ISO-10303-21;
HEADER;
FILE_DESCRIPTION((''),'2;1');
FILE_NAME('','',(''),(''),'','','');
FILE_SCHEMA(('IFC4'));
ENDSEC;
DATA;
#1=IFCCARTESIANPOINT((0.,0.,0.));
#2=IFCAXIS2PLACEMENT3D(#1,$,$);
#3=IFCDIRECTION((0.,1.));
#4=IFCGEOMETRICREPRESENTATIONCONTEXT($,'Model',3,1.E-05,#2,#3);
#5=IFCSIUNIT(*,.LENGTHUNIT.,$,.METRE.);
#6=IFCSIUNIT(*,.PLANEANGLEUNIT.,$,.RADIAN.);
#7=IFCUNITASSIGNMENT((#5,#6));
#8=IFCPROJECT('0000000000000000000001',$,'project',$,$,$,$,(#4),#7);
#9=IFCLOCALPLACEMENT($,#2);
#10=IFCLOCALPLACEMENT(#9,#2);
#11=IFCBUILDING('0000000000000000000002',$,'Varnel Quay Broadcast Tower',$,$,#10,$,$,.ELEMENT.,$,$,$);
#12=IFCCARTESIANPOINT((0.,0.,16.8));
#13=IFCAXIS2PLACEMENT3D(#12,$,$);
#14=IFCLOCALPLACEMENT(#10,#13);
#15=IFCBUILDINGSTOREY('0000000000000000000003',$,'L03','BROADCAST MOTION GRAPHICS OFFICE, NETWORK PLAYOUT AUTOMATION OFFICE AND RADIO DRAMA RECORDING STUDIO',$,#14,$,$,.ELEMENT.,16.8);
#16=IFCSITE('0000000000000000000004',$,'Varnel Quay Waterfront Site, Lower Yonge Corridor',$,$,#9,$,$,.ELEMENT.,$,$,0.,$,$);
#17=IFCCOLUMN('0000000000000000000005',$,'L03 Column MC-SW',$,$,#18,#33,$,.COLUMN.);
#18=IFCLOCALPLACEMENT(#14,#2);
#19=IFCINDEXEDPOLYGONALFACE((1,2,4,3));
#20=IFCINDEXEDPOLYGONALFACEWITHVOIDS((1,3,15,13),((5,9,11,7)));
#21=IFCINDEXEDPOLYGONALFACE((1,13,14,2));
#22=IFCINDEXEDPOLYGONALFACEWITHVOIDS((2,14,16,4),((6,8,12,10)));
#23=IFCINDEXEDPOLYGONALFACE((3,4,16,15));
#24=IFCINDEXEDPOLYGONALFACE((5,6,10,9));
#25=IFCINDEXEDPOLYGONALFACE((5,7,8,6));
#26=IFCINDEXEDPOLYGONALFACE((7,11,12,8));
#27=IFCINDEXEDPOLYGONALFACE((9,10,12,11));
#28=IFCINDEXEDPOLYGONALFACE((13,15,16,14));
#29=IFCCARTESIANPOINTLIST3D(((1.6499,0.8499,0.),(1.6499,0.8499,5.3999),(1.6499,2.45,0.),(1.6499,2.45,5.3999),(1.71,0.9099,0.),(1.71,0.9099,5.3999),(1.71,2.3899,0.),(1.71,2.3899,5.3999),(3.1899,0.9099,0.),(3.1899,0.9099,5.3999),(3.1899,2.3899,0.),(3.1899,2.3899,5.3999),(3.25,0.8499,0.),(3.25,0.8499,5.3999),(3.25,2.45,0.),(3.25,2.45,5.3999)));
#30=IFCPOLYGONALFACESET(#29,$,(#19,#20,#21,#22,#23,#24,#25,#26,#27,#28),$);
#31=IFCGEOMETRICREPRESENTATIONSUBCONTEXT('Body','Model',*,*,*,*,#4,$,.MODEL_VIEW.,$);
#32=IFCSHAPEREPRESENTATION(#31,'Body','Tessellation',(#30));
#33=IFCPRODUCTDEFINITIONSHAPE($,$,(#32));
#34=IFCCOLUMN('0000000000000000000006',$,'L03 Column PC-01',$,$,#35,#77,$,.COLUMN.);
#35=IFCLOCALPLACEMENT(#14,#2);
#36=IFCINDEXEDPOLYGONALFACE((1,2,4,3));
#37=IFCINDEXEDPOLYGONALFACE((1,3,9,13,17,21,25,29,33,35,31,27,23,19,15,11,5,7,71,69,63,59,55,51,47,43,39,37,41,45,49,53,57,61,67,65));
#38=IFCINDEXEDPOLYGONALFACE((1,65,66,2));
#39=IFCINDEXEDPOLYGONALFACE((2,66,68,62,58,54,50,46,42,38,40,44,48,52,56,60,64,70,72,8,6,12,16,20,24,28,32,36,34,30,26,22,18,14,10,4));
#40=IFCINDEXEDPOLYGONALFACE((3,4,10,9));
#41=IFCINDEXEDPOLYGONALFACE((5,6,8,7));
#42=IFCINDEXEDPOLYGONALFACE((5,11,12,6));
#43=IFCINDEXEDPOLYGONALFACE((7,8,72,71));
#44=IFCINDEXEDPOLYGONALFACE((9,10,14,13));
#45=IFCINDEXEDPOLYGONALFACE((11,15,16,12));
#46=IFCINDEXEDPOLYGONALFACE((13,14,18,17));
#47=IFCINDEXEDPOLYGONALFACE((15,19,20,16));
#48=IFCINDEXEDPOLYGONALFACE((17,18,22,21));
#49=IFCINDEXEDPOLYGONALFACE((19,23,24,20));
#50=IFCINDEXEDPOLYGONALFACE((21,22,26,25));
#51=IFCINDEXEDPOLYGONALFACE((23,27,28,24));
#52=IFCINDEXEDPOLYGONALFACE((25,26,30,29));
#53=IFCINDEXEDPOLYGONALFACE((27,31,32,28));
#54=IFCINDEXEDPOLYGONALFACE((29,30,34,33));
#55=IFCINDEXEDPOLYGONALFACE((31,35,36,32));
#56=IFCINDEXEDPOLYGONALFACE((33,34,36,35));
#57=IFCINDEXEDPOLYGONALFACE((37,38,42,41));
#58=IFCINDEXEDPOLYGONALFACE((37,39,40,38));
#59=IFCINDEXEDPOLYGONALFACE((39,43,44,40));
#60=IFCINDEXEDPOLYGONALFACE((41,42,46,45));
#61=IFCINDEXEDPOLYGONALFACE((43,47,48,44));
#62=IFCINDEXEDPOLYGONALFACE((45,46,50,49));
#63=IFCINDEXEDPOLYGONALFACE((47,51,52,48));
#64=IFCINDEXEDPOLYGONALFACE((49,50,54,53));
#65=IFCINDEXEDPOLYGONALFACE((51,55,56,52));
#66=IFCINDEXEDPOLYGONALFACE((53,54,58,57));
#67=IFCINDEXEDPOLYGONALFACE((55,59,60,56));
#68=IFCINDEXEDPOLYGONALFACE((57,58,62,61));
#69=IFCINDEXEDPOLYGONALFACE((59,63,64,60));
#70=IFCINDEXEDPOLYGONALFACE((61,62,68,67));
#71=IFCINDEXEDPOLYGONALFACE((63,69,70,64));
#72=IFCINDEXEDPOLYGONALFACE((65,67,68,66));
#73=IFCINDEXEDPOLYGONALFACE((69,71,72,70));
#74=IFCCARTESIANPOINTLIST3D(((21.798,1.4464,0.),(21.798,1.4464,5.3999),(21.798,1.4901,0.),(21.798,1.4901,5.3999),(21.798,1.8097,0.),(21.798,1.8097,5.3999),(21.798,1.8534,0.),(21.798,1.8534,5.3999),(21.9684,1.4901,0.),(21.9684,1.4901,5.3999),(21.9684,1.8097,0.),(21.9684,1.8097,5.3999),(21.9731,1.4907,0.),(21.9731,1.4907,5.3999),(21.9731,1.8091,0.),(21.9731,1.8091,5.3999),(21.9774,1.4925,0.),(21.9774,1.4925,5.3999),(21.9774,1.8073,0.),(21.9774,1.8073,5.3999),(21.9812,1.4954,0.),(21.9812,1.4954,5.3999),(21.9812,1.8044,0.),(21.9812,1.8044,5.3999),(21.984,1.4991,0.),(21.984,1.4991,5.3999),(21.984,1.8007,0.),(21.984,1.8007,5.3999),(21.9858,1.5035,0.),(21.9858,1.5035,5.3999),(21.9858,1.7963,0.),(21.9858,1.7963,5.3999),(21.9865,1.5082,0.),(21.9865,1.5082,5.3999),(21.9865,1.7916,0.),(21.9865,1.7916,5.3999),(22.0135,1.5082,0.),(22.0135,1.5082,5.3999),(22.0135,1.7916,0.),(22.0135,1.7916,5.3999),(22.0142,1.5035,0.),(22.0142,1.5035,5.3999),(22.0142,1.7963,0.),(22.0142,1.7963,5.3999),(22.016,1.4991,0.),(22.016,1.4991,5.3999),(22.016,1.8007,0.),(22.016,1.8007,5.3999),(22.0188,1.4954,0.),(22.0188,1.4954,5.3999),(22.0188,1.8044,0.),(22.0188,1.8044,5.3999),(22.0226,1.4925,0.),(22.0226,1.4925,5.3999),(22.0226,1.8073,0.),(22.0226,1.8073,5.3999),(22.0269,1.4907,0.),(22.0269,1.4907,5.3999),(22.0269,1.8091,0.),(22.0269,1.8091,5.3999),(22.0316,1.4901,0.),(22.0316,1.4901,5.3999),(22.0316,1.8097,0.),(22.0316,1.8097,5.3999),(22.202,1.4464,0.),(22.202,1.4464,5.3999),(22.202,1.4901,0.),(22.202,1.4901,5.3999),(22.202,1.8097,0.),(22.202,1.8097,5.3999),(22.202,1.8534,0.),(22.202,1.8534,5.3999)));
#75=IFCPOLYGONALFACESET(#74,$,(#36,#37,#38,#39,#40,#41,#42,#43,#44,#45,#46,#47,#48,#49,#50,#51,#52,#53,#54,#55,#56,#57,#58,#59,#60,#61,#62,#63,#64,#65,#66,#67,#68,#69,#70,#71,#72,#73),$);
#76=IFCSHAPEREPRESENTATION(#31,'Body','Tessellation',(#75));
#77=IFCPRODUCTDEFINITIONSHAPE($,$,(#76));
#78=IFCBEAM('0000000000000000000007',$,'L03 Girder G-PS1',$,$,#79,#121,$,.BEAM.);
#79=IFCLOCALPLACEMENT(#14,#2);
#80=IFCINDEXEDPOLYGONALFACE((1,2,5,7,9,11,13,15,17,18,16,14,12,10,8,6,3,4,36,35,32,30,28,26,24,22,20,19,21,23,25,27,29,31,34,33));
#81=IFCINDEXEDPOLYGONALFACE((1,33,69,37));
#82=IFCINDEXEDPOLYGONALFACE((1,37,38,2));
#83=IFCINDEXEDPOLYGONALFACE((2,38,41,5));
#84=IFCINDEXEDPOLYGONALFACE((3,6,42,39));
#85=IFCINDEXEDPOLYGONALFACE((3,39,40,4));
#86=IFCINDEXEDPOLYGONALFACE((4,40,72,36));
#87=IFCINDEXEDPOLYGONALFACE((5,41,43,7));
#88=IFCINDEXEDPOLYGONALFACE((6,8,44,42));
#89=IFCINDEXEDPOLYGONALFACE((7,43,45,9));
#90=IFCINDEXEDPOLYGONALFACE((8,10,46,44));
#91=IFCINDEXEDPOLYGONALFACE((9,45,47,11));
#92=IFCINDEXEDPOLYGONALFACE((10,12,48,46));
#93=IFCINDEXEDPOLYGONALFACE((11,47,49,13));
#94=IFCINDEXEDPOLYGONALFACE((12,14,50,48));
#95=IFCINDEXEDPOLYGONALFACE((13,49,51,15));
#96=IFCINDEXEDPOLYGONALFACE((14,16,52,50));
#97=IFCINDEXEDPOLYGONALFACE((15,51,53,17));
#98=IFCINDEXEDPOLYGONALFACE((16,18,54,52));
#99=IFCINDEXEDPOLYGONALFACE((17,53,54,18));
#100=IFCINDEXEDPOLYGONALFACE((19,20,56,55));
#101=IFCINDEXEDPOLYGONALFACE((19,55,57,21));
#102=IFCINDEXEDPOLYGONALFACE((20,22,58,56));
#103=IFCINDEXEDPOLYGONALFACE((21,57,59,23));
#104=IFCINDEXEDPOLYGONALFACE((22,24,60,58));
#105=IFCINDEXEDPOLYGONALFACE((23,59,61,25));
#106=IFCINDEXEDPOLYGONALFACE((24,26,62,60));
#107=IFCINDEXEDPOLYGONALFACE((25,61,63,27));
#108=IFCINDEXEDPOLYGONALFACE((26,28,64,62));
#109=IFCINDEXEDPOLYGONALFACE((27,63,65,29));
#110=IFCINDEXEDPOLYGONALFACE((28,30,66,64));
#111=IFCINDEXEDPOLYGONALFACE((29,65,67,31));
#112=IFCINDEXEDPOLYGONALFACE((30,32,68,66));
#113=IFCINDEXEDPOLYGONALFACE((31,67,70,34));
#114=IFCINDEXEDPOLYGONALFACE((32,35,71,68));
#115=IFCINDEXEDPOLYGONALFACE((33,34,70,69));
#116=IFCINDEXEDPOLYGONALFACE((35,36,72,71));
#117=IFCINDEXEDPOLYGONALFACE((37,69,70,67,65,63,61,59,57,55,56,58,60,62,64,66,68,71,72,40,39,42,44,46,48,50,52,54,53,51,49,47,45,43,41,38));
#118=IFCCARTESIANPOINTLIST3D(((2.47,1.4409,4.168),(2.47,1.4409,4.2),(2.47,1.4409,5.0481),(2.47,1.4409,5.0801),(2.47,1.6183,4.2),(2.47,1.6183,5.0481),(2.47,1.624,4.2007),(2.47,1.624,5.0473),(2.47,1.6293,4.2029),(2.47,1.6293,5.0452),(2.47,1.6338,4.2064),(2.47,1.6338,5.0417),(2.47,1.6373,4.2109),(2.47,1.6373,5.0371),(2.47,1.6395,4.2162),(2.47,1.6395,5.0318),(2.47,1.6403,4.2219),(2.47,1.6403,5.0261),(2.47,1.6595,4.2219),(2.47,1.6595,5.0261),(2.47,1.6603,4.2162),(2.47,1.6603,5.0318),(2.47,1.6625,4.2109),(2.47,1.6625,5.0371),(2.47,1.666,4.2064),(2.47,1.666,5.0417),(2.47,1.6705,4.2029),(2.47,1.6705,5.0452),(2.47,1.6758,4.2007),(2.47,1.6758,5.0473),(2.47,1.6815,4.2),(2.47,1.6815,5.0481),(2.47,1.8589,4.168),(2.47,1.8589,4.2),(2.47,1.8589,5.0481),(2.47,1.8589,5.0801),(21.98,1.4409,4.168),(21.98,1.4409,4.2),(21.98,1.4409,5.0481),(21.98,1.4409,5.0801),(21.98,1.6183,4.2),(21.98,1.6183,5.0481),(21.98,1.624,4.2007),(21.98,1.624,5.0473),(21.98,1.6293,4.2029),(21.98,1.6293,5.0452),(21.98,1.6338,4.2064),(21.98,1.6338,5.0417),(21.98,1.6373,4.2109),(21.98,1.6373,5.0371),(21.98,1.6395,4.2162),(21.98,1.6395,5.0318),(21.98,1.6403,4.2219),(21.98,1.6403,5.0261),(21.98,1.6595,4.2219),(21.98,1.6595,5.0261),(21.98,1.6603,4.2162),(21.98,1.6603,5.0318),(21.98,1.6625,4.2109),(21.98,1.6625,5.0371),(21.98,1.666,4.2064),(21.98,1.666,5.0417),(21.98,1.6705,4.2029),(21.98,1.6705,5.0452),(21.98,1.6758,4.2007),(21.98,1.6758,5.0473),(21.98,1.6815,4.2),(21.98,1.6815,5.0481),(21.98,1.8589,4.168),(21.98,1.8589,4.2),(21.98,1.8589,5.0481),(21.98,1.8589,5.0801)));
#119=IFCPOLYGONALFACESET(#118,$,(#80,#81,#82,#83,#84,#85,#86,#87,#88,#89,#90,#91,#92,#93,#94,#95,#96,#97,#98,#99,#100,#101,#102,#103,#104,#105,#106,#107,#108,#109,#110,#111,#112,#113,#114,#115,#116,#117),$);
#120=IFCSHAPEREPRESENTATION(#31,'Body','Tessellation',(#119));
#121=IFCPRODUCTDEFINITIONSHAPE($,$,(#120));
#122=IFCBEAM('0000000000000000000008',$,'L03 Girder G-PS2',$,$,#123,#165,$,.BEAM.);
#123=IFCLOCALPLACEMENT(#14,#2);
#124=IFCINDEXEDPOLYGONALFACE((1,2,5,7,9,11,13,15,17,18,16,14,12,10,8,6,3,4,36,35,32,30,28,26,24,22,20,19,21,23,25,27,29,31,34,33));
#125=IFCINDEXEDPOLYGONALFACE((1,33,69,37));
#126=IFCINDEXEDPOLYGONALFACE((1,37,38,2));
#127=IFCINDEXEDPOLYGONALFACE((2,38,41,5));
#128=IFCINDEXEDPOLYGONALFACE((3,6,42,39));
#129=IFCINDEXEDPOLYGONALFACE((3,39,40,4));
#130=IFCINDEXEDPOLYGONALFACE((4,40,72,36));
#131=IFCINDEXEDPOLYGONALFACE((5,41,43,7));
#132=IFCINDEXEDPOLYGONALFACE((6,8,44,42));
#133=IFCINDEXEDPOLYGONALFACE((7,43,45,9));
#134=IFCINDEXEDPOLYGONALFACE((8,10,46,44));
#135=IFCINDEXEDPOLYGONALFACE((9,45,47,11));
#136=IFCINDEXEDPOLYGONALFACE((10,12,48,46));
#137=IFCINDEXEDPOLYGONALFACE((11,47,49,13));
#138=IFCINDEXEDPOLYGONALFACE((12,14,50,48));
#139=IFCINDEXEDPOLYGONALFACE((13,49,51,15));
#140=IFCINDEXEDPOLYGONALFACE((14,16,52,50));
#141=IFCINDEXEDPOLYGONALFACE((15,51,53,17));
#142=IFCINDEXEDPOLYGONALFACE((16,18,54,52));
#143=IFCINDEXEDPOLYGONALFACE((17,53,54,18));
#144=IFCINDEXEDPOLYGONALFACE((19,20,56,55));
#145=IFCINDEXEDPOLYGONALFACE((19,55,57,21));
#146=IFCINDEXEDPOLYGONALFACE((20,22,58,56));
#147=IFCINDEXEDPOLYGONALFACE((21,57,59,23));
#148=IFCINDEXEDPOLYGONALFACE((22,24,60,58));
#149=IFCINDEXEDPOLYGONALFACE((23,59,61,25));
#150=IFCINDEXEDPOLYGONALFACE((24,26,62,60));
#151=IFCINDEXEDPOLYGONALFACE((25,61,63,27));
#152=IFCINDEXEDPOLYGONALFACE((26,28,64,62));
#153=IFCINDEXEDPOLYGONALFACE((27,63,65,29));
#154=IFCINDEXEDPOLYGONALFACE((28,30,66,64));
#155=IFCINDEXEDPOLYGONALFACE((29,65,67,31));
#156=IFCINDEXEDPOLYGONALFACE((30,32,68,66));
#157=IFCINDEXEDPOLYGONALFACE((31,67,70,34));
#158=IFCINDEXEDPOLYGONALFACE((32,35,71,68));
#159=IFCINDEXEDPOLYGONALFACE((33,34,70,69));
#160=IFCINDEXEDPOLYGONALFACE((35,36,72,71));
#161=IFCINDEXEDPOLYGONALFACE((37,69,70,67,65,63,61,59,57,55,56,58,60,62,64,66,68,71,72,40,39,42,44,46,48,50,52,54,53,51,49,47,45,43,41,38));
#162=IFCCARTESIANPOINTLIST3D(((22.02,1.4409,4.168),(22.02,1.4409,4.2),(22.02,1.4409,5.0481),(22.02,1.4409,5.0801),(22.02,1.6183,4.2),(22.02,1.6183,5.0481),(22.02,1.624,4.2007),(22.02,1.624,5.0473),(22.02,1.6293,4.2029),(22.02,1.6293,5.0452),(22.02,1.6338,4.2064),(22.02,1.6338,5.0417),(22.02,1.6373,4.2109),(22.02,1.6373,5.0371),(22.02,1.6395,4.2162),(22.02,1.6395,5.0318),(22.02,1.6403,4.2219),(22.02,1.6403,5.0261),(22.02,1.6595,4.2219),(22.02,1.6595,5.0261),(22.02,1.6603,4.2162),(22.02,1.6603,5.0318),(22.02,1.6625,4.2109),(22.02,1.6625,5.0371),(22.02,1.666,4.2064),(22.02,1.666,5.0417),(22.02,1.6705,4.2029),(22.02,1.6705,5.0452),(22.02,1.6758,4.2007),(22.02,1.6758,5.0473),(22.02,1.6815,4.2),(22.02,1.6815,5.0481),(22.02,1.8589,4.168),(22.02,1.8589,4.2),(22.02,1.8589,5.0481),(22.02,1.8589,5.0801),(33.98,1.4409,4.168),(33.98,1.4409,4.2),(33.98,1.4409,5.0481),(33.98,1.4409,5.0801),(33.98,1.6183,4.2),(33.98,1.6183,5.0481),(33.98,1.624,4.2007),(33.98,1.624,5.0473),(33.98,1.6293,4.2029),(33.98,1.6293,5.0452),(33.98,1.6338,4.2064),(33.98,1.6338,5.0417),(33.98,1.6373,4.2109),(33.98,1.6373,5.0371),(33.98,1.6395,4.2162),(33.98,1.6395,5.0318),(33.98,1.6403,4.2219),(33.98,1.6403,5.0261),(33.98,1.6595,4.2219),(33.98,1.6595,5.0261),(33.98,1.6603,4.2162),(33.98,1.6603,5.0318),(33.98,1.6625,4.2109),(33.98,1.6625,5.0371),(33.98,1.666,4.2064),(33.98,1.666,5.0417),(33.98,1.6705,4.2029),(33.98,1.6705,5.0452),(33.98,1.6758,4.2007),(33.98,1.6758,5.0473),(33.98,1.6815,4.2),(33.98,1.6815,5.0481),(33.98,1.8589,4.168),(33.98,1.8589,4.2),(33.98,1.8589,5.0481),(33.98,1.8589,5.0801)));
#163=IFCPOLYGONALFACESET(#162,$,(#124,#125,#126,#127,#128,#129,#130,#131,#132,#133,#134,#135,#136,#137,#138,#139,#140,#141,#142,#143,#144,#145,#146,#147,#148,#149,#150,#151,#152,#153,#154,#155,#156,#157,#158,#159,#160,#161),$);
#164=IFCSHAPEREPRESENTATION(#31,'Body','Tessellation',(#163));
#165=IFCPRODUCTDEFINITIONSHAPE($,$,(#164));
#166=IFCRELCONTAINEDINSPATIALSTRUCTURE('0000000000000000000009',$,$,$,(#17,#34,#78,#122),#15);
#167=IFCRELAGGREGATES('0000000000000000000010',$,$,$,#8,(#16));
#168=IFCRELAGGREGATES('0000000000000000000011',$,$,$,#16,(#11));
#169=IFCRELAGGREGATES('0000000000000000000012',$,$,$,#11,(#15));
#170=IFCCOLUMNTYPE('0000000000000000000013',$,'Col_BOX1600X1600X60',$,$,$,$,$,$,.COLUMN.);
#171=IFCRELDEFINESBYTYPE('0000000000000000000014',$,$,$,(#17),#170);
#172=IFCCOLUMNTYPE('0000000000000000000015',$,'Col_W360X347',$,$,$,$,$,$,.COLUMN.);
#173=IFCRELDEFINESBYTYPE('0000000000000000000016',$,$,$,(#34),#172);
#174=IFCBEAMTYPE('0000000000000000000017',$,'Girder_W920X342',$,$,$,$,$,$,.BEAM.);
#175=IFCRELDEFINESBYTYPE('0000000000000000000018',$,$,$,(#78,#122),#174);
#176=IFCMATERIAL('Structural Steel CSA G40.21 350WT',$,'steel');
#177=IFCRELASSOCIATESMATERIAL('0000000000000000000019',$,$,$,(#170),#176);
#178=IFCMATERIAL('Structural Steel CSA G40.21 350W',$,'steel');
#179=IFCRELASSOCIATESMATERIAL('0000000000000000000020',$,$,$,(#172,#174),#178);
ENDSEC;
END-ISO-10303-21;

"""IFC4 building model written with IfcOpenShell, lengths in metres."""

from ifc_helpers import new_model, si_unit, direction, frame, origin, origin_2d, place, context, subcontext, project, spatial, hollow_rectangle, i_section, extrude, source, transform, mapped, material, material_profile, profile_set, type_object, type_shapes, element, save


model = new_model("IFC4")

# Units and contexts
model_context = context("Model", 3, precision=1e-05, world=origin(), true_north=direction((0.0, 1.0)))
body_context = subcontext(model_context, "Body", "Model", "MODEL_VIEW")
ifc_project = project(units=[si_unit("LENGTHUNIT", "METRE"), si_unit("PLANEANGLEUNIT", "RADIAN")], contexts=[model_context])

# Site, building, storey
site_placement = place(None, origin())
site = spatial("IfcSite", under=ifc_project, at=site_placement, Name="Varnel Quay Waterfront Site, Lower Yonge Corridor", CompositionType="ELEMENT", RefElevation=0.0)
building_placement = place(site_placement, origin())
building = spatial("IfcBuilding", under=site, at=building_placement, Name="Varnel Quay Broadcast Tower", CompositionType="ELEMENT")
storey_placement = place(building_placement, frame((0.0, 0.0, 16.8)))
storey = spatial("IfcBuildingStorey", under=building, at=storey_placement, Name="L03", Description="BROADCAST MOTION GRAPHICS OFFICE, NETWORK PLAYOUT AUTOMATION OFFICE AND RADIO DRAMA RECORDING STUDIO", CompositionType="ELEMENT", Elevation=16.8)

# Columns
ifc_material_1 = material(Name="Structural Steel CSA G40.21 350WT", Category="steel")
ifc_material_profile_1 = material_profile(ifc_material_1, hollow_rectangle(XDim=1.6001, YDim=1.6001, WallThickness=0.0601, at=origin_2d()), Name="BOX1600X1600X60")
ifc_profile_set_1 = profile_set([ifc_material_profile_1], Name="Structural Steel CSA G40.21 350WT")
column_type_1 = type_object("IfcColumnType", Name="Col_BOX1600X1600X60", PredefinedType="COLUMN", material=ifc_profile_set_1)
shared_shape_1 = source(origin(), body_context, "Body", "SweptSolid", [
    extrude(hollow_rectangle(XDim=1.6001, YDim=1.6001, WallThickness=0.0601, at=origin_2d()), origin(), (0.0, 0.0, 1.0), 5.3999),
])
type_shapes(column_type_1, [shared_shape_1])
column_1_placement = place(storey_placement, frame((2.45, 1.6499, 0.0), z_axis=(0.0, 0.0, 1.0), x_axis=(1.0, 0.0, 0.0)))
element("IfcColumn", 1, at=column_1_placement, inside=storey, type_object=column_type_1, Name="L03 Column MC-SW", PredefinedType="COLUMN", context=body_context, shape_type="MappedRepresentation", body=[
    mapped(shared_shape_1, transform((0.0, 0.0, 0.0), x_axis=(1.0, 0.0, 0.0), y_axis=(0.0, 1.0, 0.0), z_axis=(0.0, 0.0, 1.0), scale=1.0)),
])
ifc_material_2 = material(Name="Structural Steel CSA G40.21 350W", Category="steel")
ifc_material_profile_2 = material_profile(ifc_material_2, i_section(OverallWidth=0.4041, OverallDepth=0.407, WebThickness=0.0271, FlangeThickness=0.0437, FilletRadius=0.0181, at=origin_2d()), Name="W360X347")
ifc_profile_set_2 = profile_set([ifc_material_profile_2], Name="Structural Steel CSA G40.21 350W")
column_type_2 = type_object("IfcColumnType", Name="Col_W360X347", PredefinedType="COLUMN", material=ifc_profile_set_2)
shared_shape_2 = source(origin(), body_context, "Body", "SweptSolid", [
    extrude(i_section(OverallWidth=0.4041, OverallDepth=0.407, WebThickness=0.0271, FlangeThickness=0.0437, FilletRadius=0.0181, at=origin_2d()), origin(), (0.0, 0.0, 1.0), 5.3999),
])
type_shapes(column_type_2, [shared_shape_2])
column_2_placement = place(storey_placement, frame((22.0, 1.6499, 0.0), z_axis=(0.0, 0.0, 1.0), x_axis=(1.0, 0.0, 0.0)))
element("IfcColumn", 2, at=column_2_placement, inside=storey, type_object=column_type_2, Name="L03 Column PC-01", PredefinedType="COLUMN", context=body_context, shape_type="MappedRepresentation", body=[
    mapped(shared_shape_2, transform((0.0, 0.0, 0.0), x_axis=(1.0, 0.0, 0.0), y_axis=(0.0, 1.0, 0.0), z_axis=(0.0, 0.0, 1.0), scale=1.0)),
])

# Beams
ifc_material_profile_3 = material_profile(ifc_material_2, i_section(OverallWidth=0.418, OverallDepth=0.9121, WebThickness=0.0193, FlangeThickness=0.032, FilletRadius=0.022, at=origin_2d()), Name="W920X342")
ifc_profile_set_3 = profile_set([ifc_material_profile_3], Name="Structural Steel CSA G40.21 350W")
beam_type = type_object("IfcBeamType", Name="Girder_W920X342", PredefinedType="BEAM", material=ifc_profile_set_3)
shared_shape_3 = source(origin(), body_context, "Body", "SweptSolid", [
    extrude(i_section(OverallWidth=0.418, OverallDepth=0.9121, WebThickness=0.0193, FlangeThickness=0.032, FilletRadius=0.022, at=origin_2d()), origin(), (0.0, 0.0, 1.0), 19.51),
])
beam_1_placement = place(storey_placement, frame((2.47, 1.6499, 4.624), z_axis=(1.0, 0.0, 0.0), x_axis=(0.0, 1.0, 0.0)))
element("IfcBeam", 3, at=beam_1_placement, inside=storey, type_object=beam_type, Name="L03 Girder G-PS1", PredefinedType="BEAM", context=body_context, shape_type="MappedRepresentation", body=[
    mapped(shared_shape_3, transform((0.0, 0.0, 0.0), x_axis=(1.0, 0.0, 0.0), y_axis=(0.0, 1.0, 0.0), z_axis=(0.0, 0.0, 1.0), scale=1.0)),
])
shared_shape_4 = source(origin(), body_context, "Body", "SweptSolid", [
    extrude(i_section(OverallWidth=0.418, OverallDepth=0.9121, WebThickness=0.0193, FlangeThickness=0.032, FilletRadius=0.022, at=origin_2d()), origin(), (0.0, 0.0, 1.0), 11.96),
])
type_shapes(beam_type, [shared_shape_3, shared_shape_4])
beam_2_placement = place(storey_placement, frame((22.02, 1.6499, 4.624), z_axis=(1.0, 0.0, 0.0), x_axis=(0.0, 1.0, 0.0)))
element("IfcBeam", 4, at=beam_2_placement, inside=storey, type_object=beam_type, Name="L03 Girder G-PS2", PredefinedType="BEAM", context=body_context, shape_type="MappedRepresentation", body=[
    mapped(shared_shape_4, transform((0.0, 0.0, 0.0), x_axis=(1.0, 0.0, 0.0), y_axis=(0.0, 1.0, 0.0), z_axis=(0.0, 0.0, 1.0), scale=1.0)),
])

save(model, "model.ifc")
